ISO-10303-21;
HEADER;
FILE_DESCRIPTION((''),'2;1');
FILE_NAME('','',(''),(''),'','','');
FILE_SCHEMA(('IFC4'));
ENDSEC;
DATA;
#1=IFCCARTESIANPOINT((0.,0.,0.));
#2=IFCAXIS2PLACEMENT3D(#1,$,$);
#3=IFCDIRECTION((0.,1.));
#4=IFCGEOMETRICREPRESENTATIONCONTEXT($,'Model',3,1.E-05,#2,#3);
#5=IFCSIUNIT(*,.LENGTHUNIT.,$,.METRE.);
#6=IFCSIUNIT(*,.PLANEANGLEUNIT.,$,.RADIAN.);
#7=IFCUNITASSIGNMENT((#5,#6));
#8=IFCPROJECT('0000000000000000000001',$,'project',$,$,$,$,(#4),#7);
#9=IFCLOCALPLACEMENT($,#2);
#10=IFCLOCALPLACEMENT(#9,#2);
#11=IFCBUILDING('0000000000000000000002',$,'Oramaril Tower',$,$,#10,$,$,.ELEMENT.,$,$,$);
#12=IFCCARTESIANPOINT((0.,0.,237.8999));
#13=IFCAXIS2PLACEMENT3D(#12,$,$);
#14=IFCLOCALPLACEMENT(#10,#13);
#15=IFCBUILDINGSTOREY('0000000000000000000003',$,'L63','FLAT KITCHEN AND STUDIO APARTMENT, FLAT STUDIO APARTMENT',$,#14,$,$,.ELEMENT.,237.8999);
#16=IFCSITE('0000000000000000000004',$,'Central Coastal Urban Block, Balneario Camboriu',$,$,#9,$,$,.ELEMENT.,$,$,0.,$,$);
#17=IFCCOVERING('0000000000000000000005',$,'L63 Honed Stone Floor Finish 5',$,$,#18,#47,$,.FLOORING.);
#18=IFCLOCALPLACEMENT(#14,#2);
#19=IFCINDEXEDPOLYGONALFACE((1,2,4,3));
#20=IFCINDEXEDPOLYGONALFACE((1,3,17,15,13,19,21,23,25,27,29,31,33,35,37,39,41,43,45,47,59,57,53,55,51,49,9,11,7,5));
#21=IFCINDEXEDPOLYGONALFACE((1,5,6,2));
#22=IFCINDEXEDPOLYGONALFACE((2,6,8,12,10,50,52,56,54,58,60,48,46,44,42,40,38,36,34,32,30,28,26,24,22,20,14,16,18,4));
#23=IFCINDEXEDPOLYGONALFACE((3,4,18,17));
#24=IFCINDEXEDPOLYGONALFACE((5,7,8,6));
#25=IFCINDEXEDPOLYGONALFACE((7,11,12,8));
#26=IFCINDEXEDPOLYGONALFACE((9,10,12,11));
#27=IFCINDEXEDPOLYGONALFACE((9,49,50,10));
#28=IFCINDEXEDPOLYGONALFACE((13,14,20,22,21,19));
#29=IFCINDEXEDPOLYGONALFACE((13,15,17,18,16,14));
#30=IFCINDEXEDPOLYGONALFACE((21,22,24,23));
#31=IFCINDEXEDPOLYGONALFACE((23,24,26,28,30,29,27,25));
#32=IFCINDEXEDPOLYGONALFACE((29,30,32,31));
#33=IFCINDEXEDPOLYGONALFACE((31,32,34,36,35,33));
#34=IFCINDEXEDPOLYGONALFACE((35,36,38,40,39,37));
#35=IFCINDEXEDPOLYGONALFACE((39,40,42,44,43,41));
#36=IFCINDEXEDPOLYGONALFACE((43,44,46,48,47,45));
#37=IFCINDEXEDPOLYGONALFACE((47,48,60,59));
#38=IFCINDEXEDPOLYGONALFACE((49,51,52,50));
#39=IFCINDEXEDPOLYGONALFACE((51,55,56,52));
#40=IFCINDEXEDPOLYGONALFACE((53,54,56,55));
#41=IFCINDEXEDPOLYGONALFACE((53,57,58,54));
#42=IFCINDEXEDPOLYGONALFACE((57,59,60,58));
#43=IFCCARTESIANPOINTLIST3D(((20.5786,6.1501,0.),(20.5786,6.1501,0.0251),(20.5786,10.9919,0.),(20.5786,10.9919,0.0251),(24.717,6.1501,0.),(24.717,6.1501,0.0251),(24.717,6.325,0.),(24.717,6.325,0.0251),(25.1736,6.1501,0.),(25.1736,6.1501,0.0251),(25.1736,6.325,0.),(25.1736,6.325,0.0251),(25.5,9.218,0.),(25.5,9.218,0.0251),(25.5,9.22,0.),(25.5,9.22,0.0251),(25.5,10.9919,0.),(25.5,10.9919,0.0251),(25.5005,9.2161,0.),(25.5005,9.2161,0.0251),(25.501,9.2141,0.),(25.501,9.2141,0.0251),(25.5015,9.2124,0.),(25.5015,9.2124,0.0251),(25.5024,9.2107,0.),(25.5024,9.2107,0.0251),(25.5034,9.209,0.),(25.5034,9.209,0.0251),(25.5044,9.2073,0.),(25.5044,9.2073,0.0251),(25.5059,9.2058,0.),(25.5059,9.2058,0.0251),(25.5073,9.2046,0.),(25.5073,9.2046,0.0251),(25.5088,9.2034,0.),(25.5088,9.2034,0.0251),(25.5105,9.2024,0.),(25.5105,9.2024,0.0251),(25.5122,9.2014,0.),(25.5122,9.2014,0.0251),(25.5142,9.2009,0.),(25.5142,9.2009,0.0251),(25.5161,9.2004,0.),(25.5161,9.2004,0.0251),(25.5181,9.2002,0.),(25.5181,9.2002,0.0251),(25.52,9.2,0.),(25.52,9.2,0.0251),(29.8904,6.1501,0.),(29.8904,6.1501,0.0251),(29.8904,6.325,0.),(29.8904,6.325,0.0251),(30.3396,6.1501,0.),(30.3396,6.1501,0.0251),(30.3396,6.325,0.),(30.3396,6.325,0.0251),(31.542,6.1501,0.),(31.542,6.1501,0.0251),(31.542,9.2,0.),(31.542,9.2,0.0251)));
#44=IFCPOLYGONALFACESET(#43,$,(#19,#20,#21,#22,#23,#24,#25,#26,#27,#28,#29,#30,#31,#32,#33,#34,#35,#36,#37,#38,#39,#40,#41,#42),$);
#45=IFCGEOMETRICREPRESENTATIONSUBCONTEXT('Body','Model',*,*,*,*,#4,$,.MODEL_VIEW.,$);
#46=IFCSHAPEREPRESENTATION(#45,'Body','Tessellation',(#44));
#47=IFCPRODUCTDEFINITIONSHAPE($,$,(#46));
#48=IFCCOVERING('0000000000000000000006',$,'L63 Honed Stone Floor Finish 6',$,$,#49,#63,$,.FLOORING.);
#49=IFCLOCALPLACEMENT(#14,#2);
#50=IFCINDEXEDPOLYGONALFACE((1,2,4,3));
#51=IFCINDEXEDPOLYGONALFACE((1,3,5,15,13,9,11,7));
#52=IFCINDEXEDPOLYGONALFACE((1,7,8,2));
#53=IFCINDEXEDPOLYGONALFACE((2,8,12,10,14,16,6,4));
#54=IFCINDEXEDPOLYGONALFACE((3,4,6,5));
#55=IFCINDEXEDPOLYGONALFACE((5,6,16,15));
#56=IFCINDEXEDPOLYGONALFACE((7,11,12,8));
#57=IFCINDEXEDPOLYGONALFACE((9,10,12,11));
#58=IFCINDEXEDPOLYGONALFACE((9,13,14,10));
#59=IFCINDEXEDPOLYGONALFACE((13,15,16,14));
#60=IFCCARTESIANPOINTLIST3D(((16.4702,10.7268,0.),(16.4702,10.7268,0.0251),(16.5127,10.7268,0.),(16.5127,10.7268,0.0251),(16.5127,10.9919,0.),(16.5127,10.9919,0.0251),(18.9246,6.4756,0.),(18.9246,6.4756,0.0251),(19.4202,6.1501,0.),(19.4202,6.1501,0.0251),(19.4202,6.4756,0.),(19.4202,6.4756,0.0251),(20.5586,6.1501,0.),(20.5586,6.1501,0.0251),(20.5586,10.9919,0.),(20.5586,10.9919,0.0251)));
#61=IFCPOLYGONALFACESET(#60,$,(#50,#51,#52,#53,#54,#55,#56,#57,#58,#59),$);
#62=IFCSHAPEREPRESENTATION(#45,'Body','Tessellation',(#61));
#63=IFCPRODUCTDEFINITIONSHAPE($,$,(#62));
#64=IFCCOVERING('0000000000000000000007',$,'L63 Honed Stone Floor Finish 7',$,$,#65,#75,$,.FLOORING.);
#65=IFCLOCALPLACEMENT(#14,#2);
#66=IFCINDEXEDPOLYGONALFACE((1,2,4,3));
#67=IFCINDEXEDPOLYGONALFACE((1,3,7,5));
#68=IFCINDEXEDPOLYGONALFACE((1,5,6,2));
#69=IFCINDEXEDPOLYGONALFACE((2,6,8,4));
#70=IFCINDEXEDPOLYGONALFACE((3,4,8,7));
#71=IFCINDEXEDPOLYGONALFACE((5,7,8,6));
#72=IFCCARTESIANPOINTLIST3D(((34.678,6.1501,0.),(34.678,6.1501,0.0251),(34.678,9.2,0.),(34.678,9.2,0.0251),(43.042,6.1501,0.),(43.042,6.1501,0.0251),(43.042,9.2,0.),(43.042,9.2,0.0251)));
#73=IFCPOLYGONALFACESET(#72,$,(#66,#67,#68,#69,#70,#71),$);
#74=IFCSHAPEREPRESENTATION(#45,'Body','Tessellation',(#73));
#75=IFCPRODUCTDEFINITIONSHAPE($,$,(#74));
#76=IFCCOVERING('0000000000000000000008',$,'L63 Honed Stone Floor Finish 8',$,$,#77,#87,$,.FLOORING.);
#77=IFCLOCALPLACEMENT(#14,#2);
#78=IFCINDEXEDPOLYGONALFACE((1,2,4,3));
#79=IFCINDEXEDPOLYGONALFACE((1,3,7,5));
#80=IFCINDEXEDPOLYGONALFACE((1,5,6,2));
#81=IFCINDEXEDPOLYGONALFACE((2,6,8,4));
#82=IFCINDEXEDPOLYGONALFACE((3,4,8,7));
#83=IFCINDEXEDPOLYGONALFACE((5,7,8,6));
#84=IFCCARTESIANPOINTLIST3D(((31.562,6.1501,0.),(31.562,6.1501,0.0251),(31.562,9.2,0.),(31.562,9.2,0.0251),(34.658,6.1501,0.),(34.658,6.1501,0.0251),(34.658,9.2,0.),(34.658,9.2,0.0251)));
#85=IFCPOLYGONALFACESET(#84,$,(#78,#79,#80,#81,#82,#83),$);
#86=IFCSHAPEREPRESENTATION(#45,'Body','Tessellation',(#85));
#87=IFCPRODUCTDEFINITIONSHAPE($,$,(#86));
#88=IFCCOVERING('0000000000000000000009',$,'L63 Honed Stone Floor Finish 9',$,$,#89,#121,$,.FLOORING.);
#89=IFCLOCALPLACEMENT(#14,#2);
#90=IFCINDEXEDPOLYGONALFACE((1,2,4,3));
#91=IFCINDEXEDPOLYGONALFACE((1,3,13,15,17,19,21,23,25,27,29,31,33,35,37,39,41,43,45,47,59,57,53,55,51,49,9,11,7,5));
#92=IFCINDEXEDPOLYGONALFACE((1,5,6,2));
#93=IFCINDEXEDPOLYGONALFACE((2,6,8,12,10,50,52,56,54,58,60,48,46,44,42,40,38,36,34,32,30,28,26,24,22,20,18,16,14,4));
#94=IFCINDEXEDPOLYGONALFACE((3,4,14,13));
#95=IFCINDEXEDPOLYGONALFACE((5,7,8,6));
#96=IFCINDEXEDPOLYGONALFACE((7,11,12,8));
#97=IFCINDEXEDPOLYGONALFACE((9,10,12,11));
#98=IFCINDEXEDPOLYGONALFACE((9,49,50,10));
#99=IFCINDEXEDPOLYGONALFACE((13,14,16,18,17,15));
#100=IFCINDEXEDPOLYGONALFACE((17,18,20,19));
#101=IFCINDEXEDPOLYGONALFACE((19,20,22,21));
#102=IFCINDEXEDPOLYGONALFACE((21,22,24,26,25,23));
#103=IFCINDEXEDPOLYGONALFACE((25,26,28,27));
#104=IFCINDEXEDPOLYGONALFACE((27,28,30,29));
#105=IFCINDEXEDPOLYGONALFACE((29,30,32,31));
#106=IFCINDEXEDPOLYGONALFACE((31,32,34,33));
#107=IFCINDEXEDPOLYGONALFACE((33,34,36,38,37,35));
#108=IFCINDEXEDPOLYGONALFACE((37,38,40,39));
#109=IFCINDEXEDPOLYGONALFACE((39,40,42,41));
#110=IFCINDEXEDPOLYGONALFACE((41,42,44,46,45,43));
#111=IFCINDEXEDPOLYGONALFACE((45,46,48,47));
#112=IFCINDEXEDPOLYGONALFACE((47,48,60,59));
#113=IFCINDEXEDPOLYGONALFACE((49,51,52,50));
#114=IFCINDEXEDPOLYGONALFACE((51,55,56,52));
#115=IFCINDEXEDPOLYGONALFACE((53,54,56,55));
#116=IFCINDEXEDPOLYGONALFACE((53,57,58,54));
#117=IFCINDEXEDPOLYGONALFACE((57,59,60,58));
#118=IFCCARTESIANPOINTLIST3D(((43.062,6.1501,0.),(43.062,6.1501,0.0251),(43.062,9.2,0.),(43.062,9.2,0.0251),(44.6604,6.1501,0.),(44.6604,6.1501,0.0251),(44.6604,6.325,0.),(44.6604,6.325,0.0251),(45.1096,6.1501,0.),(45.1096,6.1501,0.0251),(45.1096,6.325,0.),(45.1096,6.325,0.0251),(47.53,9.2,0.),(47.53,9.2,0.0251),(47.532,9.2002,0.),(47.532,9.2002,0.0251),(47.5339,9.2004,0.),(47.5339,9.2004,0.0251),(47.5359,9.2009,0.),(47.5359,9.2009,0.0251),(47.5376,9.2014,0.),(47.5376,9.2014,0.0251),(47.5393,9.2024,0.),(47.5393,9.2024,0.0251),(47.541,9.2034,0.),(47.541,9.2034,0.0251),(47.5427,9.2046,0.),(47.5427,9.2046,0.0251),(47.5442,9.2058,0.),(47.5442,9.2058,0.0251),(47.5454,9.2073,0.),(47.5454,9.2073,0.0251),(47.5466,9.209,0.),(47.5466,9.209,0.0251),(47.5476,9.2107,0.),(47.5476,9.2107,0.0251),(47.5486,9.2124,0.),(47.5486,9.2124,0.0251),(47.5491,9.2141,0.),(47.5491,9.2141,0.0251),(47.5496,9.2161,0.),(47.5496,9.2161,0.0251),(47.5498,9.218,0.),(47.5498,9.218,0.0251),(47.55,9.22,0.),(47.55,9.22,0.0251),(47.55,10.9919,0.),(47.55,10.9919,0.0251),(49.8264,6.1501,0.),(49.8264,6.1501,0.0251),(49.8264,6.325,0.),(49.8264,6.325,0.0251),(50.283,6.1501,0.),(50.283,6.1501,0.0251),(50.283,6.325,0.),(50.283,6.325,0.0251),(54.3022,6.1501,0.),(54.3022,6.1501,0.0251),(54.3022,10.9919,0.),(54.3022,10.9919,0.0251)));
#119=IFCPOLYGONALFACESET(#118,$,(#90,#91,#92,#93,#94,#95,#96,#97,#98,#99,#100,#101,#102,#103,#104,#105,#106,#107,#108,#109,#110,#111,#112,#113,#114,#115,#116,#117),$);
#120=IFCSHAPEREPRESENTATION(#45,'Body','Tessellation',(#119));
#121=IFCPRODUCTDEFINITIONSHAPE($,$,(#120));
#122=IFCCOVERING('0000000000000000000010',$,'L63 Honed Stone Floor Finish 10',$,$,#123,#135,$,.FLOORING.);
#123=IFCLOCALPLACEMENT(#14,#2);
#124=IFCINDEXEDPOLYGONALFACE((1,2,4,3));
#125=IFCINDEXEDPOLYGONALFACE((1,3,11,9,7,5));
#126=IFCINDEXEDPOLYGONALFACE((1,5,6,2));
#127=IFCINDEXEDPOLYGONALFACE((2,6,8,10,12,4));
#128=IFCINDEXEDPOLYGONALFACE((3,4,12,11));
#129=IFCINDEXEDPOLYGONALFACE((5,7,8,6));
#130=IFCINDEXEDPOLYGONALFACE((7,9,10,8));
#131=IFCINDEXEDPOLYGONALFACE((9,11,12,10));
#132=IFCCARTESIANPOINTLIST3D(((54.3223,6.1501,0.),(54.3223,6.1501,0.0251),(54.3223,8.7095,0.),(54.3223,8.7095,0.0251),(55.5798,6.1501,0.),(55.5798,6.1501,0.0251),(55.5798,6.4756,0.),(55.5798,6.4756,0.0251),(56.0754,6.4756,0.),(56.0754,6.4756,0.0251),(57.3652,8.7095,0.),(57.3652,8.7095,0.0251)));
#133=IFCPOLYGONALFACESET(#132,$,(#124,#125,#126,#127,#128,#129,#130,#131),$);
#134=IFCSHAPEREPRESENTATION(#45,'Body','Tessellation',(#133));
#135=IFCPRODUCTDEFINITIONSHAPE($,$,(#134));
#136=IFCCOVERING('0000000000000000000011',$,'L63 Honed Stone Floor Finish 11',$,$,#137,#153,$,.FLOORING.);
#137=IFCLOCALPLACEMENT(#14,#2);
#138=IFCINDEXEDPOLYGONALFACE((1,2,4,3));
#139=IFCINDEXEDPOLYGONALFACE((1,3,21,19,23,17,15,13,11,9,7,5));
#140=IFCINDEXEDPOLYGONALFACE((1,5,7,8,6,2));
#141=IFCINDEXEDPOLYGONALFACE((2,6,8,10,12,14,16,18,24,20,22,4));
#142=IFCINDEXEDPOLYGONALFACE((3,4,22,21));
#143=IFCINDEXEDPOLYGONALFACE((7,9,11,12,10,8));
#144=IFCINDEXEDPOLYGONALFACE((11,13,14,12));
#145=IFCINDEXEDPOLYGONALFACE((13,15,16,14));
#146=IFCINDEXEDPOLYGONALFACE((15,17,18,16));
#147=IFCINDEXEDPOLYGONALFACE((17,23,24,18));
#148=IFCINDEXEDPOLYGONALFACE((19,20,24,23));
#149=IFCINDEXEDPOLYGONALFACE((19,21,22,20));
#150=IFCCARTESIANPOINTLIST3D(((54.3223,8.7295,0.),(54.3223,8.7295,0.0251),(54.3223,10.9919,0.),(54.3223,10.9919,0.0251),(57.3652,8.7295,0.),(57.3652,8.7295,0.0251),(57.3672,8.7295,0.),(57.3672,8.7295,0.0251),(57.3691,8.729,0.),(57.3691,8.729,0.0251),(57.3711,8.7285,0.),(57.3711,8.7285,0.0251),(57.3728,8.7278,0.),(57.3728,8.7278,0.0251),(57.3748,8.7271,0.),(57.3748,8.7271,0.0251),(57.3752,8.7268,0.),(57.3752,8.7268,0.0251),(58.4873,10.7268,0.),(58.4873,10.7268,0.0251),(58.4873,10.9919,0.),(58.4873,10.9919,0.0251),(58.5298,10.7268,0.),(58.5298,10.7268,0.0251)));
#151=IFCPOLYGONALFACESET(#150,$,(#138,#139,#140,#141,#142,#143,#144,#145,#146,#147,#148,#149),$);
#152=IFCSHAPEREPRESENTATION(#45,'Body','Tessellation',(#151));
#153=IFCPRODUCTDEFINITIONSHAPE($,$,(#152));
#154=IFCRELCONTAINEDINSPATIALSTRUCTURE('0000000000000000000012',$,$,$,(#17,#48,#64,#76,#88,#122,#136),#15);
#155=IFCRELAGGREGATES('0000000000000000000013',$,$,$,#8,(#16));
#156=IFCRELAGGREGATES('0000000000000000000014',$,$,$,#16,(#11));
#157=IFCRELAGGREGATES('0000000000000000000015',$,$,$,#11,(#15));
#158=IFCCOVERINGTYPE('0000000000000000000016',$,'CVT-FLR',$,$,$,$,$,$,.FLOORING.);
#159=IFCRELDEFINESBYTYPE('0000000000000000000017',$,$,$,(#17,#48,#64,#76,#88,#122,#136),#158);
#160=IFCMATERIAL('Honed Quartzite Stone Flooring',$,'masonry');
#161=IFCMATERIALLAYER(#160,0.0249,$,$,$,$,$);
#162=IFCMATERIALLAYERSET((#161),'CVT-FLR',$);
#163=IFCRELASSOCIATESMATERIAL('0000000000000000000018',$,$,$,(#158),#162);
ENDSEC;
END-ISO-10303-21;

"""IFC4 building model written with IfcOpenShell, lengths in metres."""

from ifc_helpers import new_model, si_unit, direction, frame, origin, place, context, subcontext, project, spatial, polyline, outline, extrude, material, layer, layer_set, type_object, element, save


model = new_model("IFC4")

# Units and contexts
model_context = context("Model", 3, precision=1e-05, world=origin(), true_north=direction((0.0, 1.0)))
body_context = subcontext(model_context, "Body", "Model", "MODEL_VIEW")
ifc_project = project(units=[si_unit("LENGTHUNIT", "METRE"), si_unit("PLANEANGLEUNIT", "RADIAN")], contexts=[model_context])

# Site, building, storey
site_placement = place(None, origin())
site = spatial("IfcSite", under=ifc_project, at=site_placement, Name="Central Coastal Urban Block, Balneario Camboriu", CompositionType="ELEMENT", RefElevation=0.0)
building_placement = place(site_placement, origin())
building = spatial("IfcBuilding", under=site, at=building_placement, Name="Oramaril Tower", CompositionType="ELEMENT")
storey_placement = place(building_placement, frame((0.0, 0.0, 237.8999)))
storey = spatial("IfcBuildingStorey", under=building, at=storey_placement, Name="L63", Description="FLAT KITCHEN AND STUDIO APARTMENT, FLAT STUDIO APARTMENT", CompositionType="ELEMENT", Elevation=237.8999)

# Coverings
ifc_material_1 = material(Name="Honed Quartzite Stone Flooring", Category="masonry")
ifc_layer_1 = layer(ifc_material_1, 0.0249)
ifc_layer_set_1 = layer_set([ifc_layer_1], Name="CVT-FLR")
covering_type_1 = type_object("IfcCoveringType", Name="CVT-FLR", PredefinedType="FLOORING", material=ifc_layer_set_1)
covering_1_placement = place(storey_placement, origin())
element("IfcCovering", 1, at=covering_1_placement, inside=storey, type_object=covering_type_1, Name="L63 Honed Stone Floor Finish 5", PredefinedType="FLOORING", context=body_context, shape_type="SweptSolid", body=[
    extrude(outline(polyline([(31.542, 6.1501), (30.3396, 6.1501), (30.3396, 6.325), (29.8904, 6.325), (29.8904, 6.1501), (25.1736, 6.1501), (25.1736, 6.325), (24.717, 6.325), (24.717, 6.1501), (20.5786, 6.1501), (20.5786, 10.9919), (25.5, 10.9919), (25.5, 9.22), (25.5, 9.218), (25.5005, 9.2161), (25.501, 9.2141), (25.5015, 9.2124), (25.5024, 9.2107), (25.5034, 9.209), (25.5044, 9.2073), (25.5059, 9.2058), (25.5073, 9.2046), (25.5088, 9.2034), (25.5105, 9.2024), (25.5122, 9.2014), (25.5142, 9.2009), (25.5161, 9.2004), (25.5181, 9.2002), (25.52, 9.2), (31.542, 9.2), (31.542, 6.1501)])), origin(), (0.0, 0.0, 1.0), 0.0251),
])
covering_2_placement = place(storey_placement, origin())
element("IfcCovering", 2, at=covering_2_placement, inside=storey, type_object=covering_type_1, Name="L63 Honed Stone Floor Finish 6", PredefinedType="FLOORING", context=body_context, shape_type="SweptSolid", body=[
    extrude(outline(polyline([(19.4202, 6.1501), (19.4202, 6.4756), (18.9246, 6.4756), (16.4702, 10.7268), (16.5127, 10.7268), (16.5127, 10.9919), (20.5586, 10.9919), (20.5586, 6.1501), (19.4202, 6.1501)])), origin(), (0.0, 0.0, 1.0), 0.0251),
])
covering_3_placement = place(storey_placement, origin())
element("IfcCovering", 3, at=covering_3_placement, inside=storey, type_object=covering_type_1, Name="L63 Honed Stone Floor Finish 7", PredefinedType="FLOORING", context=body_context, shape_type="SweptSolid", body=[
    extrude(outline(polyline([(34.678, 6.1501), (34.678, 9.2), (43.042, 9.2), (43.042, 6.1501), (34.678, 6.1501)])), origin(), (0.0, 0.0, 1.0), 0.0251),
])
covering_4_placement = place(storey_placement, origin())
element("IfcCovering", 4, at=covering_4_placement, inside=storey, type_object=covering_type_1, Name="L63 Honed Stone Floor Finish 8", PredefinedType="FLOORING", context=body_context, shape_type="SweptSolid", body=[
    extrude(outline(polyline([(31.562, 6.1501), (31.562, 9.2), (34.658, 9.2), (34.658, 6.1501), (31.562, 6.1501)])), origin(), (0.0, 0.0, 1.0), 0.0251),
])
covering_5_placement = place(storey_placement, origin())
element("IfcCovering", 5, at=covering_5_placement, inside=storey, type_object=covering_type_1, Name="L63 Honed Stone Floor Finish 9", PredefinedType="FLOORING", context=body_context, shape_type="SweptSolid", body=[
    extrude(outline(polyline([(54.3022, 10.9919), (54.3022, 6.1501), (50.283, 6.1501), (50.283, 6.325), (49.8264, 6.325), (49.8264, 6.1501), (45.1096, 6.1501), (45.1096, 6.325), (44.6604, 6.325), (44.6604, 6.1501), (43.062, 6.1501), (43.062, 9.2), (47.53, 9.2), (47.532, 9.2002), (47.5339, 9.2004), (47.5359, 9.2009), (47.5376, 9.2014), (47.5393, 9.2024), (47.541, 9.2034), (47.5427, 9.2046), (47.5442, 9.2058), (47.5454, 9.2073), (47.5466, 9.209), (47.5476, 9.2107), (47.5486, 9.2124), (47.5491, 9.2141), (47.5496, 9.2161), (47.5498, 9.218), (47.55, 9.22), (47.55, 10.9919), (54.3022, 10.9919)])), origin(), (0.0, 0.0, 1.0), 0.0251),
])
covering_6_placement = place(storey_placement, origin())
element("IfcCovering", 6, at=covering_6_placement, inside=storey, type_object=covering_type_1, Name="L63 Honed Stone Floor Finish 10", PredefinedType="FLOORING", context=body_context, shape_type="SweptSolid", body=[
    extrude(outline(polyline([(56.0754, 6.4756), (55.5798, 6.4756), (55.5798, 6.1501), (54.3223, 6.1501), (54.3223, 8.7095), (57.3652, 8.7095), (56.0754, 6.4756)])), origin(), (0.0, 0.0, 1.0), 0.0251),
])
covering_7_placement = place(storey_placement, origin())
element("IfcCovering", 7, at=covering_7_placement, inside=storey, type_object=covering_type_1, Name="L63 Honed Stone Floor Finish 11", PredefinedType="FLOORING", context=body_context, shape_type="SweptSolid", body=[
    extrude(outline(polyline([(58.4873, 10.7268), (58.5298, 10.7268), (57.3752, 8.7268), (57.3748, 8.7271), (57.3728, 8.7278), (57.3711, 8.7285), (57.3691, 8.729), (57.3672, 8.7295), (57.3652, 8.7295), (54.3223, 8.7295), (54.3223, 10.9919), (58.4873, 10.9919), (58.4873, 10.7268)])), origin(), (0.0, 0.0, 1.0), 0.0251),
])

save(model, "model.ifc")
